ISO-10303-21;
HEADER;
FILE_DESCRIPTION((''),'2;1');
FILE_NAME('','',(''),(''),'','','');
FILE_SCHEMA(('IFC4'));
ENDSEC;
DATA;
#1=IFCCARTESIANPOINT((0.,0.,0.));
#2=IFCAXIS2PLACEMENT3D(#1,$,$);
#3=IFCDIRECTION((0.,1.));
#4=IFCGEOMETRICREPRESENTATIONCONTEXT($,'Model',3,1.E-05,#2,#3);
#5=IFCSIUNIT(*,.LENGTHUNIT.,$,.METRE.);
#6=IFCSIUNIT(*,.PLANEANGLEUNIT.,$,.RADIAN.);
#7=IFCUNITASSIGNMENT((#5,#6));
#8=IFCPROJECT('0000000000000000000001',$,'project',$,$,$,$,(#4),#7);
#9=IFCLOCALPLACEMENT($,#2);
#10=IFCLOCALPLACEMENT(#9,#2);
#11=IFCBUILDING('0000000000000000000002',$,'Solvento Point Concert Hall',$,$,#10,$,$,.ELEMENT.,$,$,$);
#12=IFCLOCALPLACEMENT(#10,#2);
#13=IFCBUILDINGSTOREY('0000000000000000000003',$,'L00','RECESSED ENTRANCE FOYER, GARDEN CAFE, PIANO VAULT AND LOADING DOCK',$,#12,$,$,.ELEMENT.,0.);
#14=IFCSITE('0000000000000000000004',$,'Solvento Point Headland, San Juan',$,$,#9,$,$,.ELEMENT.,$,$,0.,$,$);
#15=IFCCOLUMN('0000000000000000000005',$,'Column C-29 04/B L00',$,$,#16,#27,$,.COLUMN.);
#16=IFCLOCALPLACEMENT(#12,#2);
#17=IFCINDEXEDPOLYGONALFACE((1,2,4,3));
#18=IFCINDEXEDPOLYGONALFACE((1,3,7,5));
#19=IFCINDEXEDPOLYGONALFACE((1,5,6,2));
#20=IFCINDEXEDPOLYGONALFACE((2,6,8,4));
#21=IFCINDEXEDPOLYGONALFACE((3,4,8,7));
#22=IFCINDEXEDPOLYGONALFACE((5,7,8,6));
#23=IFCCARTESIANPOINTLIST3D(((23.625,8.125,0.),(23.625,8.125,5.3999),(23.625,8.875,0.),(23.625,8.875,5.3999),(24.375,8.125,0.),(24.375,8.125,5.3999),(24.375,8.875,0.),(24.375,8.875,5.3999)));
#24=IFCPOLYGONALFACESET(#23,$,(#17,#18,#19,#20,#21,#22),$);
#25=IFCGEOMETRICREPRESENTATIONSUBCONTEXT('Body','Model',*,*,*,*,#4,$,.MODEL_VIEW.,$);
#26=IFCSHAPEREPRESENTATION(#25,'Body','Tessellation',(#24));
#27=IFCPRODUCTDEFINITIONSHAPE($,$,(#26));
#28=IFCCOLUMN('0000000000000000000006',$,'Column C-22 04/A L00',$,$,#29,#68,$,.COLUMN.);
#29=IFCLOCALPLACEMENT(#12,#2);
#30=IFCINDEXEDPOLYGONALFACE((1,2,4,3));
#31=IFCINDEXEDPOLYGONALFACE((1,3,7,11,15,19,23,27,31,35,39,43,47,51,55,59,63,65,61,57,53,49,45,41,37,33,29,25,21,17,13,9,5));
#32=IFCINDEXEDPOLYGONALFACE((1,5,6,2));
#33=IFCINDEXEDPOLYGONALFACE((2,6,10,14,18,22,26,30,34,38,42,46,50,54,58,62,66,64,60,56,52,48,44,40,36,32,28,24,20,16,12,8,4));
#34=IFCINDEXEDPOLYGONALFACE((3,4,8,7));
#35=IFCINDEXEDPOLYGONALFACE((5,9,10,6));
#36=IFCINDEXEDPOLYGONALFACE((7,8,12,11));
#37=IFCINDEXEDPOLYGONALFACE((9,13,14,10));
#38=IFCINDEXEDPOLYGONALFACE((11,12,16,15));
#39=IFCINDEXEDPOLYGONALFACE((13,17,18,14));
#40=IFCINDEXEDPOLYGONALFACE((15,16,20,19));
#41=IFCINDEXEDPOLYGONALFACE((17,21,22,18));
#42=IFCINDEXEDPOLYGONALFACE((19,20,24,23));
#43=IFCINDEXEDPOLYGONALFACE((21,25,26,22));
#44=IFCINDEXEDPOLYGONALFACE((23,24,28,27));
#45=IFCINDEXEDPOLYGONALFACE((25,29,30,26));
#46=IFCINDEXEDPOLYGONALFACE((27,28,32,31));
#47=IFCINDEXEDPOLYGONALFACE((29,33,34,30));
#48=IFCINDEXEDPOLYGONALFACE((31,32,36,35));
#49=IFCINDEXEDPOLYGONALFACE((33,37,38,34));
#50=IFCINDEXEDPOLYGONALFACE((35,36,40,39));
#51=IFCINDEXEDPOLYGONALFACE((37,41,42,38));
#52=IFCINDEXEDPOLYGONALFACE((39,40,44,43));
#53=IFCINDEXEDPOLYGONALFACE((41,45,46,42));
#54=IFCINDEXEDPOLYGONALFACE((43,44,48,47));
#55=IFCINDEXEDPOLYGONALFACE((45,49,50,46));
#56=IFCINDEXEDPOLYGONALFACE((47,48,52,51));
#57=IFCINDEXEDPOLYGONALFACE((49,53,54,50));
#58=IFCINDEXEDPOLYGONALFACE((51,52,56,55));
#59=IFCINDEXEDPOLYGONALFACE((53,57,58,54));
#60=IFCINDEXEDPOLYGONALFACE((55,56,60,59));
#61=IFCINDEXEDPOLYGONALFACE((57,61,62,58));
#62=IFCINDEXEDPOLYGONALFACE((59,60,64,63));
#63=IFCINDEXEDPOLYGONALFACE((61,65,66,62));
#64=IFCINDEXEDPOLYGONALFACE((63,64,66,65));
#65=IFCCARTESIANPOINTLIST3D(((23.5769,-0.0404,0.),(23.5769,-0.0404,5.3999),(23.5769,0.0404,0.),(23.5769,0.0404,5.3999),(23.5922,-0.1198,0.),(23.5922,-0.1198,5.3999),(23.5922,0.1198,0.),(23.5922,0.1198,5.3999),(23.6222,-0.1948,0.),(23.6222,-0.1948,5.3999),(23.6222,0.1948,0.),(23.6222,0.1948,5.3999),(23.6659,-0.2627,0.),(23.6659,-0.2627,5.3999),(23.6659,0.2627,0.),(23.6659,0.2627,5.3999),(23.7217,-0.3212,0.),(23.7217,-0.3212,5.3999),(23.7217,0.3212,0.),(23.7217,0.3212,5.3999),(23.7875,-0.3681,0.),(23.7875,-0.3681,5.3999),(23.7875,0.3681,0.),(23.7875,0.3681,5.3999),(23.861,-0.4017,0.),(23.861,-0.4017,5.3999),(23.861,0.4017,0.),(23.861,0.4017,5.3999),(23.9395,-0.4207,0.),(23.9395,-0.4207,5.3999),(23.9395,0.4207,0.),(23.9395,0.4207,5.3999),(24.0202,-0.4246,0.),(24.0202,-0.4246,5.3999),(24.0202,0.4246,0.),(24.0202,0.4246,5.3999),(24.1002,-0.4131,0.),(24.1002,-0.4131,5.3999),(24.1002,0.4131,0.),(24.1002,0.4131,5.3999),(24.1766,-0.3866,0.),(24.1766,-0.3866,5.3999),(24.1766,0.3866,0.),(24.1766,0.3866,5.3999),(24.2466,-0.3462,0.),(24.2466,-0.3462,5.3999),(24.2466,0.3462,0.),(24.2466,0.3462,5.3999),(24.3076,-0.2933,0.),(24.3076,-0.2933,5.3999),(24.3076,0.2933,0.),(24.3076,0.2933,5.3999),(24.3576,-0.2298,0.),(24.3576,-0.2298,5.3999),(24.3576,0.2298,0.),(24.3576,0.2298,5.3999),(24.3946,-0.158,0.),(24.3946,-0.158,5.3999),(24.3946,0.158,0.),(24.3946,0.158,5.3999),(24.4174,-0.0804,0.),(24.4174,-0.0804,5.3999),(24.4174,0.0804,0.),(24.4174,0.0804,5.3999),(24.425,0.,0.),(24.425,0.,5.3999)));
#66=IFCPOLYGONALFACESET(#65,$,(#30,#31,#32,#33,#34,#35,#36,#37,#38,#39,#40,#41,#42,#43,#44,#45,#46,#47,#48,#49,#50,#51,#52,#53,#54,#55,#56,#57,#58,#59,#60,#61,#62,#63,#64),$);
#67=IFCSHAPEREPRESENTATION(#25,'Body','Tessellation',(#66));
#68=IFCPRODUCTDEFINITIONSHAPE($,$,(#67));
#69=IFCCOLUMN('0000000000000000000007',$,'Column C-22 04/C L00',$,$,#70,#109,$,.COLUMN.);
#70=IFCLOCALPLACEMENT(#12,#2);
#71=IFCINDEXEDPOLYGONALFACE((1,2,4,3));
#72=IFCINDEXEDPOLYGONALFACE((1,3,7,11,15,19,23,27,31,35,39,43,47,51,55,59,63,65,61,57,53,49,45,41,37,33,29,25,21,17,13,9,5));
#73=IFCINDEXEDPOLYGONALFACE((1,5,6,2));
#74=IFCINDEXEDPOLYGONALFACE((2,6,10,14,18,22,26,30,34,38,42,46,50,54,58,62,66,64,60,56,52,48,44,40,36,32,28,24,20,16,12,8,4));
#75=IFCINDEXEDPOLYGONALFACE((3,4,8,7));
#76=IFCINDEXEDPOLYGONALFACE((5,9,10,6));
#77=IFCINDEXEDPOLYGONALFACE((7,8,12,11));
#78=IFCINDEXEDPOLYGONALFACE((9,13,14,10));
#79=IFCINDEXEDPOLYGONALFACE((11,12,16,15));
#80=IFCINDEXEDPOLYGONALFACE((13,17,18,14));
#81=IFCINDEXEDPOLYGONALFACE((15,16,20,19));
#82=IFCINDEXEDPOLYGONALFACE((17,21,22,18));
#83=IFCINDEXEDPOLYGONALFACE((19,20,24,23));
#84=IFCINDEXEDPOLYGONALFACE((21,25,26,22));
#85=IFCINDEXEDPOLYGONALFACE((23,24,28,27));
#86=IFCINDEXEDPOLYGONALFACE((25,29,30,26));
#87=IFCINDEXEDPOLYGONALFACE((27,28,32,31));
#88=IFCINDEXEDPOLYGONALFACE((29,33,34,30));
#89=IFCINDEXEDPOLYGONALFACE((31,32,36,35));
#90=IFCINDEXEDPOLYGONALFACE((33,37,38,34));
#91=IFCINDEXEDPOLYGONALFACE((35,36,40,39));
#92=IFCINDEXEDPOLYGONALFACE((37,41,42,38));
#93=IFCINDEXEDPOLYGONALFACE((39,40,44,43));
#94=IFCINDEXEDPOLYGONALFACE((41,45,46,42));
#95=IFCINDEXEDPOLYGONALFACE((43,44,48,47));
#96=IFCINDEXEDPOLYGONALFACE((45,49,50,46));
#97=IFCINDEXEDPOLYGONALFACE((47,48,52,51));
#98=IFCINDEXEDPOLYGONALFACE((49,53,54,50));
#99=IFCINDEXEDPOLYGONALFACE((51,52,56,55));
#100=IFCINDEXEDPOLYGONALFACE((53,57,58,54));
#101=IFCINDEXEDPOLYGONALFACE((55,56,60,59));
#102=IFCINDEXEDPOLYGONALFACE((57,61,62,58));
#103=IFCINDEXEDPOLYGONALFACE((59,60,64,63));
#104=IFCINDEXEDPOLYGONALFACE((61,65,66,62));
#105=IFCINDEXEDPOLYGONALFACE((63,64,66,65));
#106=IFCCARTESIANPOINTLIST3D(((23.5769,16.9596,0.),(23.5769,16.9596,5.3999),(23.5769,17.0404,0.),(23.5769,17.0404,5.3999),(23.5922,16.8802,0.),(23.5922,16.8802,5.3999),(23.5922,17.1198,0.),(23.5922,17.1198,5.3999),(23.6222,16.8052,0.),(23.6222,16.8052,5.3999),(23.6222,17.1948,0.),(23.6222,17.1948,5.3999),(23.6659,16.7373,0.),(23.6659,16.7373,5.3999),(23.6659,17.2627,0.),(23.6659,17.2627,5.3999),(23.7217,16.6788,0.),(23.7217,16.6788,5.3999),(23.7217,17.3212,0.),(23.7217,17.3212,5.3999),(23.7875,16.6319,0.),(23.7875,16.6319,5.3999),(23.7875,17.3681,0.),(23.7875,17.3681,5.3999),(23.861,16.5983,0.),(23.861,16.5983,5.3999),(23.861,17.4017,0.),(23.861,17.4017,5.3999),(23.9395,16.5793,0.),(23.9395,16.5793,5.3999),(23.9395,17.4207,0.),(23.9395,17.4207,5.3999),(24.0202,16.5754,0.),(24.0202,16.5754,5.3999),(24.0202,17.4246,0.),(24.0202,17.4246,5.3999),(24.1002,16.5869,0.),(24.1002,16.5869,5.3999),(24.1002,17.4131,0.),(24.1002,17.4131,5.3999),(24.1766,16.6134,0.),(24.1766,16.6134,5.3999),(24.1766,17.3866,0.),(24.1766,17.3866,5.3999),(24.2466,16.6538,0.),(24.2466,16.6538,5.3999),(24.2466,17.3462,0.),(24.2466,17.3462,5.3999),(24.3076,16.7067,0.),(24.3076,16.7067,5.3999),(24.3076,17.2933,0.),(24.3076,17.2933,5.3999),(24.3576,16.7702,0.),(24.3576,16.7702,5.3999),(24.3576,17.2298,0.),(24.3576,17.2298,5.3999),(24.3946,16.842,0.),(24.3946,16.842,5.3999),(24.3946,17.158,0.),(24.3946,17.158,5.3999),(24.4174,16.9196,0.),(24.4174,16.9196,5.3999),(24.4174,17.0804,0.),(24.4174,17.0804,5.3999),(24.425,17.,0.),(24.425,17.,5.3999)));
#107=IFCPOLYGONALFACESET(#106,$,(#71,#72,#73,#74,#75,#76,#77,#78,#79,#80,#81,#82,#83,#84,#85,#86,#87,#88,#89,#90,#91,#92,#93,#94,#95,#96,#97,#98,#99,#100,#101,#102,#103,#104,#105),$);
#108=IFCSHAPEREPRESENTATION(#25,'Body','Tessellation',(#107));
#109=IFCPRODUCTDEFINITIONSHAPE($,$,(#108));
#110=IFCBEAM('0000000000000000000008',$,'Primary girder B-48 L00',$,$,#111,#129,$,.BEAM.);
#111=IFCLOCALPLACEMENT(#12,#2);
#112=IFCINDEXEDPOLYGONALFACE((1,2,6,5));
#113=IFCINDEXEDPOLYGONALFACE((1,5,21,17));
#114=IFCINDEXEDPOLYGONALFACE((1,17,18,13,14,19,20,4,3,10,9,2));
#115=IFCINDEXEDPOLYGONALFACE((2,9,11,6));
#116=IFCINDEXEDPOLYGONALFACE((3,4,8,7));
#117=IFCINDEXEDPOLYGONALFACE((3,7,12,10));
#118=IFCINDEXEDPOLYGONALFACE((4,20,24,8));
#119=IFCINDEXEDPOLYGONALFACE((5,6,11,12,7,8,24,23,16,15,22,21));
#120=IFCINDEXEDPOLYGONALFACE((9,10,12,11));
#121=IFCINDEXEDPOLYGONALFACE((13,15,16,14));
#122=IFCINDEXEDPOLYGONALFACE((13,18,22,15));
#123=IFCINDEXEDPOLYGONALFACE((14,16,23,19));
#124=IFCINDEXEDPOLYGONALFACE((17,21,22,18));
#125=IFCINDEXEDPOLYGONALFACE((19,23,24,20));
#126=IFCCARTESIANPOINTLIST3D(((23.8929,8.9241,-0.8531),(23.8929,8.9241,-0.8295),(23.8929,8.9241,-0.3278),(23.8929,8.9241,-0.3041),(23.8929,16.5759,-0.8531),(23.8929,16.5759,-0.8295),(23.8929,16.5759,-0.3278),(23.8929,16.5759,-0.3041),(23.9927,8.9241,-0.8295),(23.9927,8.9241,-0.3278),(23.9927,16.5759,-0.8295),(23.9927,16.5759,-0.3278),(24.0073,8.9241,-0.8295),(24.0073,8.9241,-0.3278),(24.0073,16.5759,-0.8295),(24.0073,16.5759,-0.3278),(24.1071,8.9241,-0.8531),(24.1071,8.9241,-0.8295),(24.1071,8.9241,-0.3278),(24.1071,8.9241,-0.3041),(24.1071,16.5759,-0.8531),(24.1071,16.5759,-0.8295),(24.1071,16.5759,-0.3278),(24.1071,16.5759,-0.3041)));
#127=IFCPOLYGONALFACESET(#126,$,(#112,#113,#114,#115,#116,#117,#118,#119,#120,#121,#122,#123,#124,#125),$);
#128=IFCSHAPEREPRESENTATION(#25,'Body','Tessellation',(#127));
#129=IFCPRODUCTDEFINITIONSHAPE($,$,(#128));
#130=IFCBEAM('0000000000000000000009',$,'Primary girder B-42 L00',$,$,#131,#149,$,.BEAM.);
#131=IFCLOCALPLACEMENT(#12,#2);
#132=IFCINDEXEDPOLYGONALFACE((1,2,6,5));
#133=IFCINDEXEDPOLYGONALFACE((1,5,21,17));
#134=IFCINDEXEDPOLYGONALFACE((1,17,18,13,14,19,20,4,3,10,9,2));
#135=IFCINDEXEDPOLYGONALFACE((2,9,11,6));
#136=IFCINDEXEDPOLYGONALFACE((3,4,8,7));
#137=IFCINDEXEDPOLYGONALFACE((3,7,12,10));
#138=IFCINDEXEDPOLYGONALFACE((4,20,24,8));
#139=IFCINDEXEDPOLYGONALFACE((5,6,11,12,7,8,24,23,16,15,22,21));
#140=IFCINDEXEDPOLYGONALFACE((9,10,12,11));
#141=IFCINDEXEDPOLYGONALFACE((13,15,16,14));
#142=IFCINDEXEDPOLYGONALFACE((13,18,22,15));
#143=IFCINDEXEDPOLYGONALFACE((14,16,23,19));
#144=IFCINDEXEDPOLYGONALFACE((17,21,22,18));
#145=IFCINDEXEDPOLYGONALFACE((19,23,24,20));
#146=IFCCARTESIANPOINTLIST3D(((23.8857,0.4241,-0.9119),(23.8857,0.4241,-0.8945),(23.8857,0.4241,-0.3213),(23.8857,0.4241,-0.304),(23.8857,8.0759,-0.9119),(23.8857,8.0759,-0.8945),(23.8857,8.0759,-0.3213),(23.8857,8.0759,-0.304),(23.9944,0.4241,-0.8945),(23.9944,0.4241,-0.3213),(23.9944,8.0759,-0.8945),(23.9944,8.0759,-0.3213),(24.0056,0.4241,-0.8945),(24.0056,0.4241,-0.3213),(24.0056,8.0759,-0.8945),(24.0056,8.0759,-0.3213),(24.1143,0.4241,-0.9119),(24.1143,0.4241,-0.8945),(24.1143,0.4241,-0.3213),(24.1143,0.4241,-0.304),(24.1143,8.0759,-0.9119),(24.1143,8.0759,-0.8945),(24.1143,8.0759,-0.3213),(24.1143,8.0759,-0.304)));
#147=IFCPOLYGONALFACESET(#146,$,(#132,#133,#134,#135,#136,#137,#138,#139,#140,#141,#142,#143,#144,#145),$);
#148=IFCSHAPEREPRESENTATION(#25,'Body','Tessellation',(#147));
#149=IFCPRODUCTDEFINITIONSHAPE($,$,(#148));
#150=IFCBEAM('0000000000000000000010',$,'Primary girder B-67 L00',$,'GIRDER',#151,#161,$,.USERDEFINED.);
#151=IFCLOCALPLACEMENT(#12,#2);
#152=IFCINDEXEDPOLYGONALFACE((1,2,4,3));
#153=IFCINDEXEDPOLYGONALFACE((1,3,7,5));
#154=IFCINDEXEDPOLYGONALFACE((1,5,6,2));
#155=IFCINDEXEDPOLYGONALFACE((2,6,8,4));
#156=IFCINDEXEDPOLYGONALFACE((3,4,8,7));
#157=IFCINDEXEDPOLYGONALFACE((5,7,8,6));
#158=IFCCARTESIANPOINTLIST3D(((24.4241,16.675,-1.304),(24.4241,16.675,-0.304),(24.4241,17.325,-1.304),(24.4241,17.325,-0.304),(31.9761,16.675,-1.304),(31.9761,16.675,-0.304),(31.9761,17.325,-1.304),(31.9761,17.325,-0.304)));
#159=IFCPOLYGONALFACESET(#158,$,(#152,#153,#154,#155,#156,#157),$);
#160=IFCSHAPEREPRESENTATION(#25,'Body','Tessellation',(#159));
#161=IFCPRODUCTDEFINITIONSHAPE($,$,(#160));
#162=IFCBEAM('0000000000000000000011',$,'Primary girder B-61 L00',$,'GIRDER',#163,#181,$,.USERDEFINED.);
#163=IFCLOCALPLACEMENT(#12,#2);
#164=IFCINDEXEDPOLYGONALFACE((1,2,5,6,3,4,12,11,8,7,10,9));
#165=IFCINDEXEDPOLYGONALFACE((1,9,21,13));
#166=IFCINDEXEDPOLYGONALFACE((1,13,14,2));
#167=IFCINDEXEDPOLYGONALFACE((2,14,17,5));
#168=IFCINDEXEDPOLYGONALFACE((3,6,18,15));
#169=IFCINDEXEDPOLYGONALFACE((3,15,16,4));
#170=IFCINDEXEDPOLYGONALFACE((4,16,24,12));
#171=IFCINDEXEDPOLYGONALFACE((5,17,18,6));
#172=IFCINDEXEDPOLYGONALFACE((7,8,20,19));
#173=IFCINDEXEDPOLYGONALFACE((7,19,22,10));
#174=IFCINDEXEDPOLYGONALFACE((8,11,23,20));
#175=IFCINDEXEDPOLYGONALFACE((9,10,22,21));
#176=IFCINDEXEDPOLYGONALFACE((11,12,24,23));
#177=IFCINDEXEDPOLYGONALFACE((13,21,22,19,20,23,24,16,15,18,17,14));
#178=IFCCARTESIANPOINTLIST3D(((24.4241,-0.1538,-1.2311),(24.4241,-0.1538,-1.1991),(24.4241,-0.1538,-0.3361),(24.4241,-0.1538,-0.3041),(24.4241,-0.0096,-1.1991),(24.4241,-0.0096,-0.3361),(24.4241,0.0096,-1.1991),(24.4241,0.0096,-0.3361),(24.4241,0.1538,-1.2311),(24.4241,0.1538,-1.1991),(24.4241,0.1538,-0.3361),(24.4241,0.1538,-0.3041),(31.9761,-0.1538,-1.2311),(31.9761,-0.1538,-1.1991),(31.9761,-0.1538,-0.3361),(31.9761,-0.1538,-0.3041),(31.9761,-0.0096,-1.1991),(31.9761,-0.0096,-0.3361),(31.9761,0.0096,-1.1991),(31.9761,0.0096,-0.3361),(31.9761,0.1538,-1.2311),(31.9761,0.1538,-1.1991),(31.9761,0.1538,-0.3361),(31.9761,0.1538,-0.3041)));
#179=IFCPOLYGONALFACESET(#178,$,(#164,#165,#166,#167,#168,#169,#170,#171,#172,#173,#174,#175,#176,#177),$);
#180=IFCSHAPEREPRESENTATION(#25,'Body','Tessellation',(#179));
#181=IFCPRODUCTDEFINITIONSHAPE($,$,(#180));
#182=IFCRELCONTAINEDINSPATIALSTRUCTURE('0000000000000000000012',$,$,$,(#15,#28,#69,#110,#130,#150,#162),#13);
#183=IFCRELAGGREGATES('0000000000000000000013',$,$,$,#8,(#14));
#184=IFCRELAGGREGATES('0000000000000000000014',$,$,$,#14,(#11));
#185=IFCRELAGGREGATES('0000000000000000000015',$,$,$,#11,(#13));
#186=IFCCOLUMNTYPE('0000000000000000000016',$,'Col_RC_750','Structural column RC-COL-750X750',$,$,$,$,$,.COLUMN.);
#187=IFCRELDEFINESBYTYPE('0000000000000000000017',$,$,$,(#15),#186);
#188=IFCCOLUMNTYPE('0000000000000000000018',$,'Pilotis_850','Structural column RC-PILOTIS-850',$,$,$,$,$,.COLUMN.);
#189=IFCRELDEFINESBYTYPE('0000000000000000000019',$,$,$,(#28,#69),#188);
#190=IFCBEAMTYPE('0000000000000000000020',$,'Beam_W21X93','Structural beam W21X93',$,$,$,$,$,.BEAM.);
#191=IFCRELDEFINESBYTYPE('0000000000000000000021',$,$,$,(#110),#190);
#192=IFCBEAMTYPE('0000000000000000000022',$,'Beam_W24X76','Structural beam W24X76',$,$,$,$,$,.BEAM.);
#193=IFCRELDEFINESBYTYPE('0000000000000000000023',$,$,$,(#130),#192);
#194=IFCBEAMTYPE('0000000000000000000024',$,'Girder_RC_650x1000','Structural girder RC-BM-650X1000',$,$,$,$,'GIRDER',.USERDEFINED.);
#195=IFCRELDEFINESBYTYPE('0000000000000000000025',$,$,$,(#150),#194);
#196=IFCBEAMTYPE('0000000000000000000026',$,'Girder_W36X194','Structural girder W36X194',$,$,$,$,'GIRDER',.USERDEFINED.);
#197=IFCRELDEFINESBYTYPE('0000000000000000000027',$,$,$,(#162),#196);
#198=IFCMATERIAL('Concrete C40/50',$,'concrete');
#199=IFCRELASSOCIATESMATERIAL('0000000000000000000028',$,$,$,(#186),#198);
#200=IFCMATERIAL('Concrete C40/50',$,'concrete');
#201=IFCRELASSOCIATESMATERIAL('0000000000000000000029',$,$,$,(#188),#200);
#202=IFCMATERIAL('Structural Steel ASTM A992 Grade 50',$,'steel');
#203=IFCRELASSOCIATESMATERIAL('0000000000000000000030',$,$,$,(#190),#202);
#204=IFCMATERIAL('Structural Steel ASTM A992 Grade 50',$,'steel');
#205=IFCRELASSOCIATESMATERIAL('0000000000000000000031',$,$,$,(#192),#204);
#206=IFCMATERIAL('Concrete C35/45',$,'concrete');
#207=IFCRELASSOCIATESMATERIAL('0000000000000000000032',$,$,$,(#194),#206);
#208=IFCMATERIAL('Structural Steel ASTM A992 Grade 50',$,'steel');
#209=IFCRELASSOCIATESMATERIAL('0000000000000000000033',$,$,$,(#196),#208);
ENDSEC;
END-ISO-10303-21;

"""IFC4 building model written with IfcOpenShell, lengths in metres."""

from ifc_helpers import new_model, si_unit, direction, frame, origin, origin_2d, place, context, subcontext, project, spatial, rectangle, circle, i_section, extrude, material, material_profile, profile_set, type_object, element, save


model = new_model("IFC4")

# Units and contexts
model_context = context("Model", 3, precision=1e-05, world=origin(), true_north=direction((0.0, 1.0)))
body_context = subcontext(model_context, "Body", "Model", "MODEL_VIEW")
ifc_project = project(units=[si_unit("LENGTHUNIT", "METRE"), si_unit("PLANEANGLEUNIT", "RADIAN")], contexts=[model_context])

# Site, building, storey
site_placement = place(None, origin())
site = spatial("IfcSite", under=ifc_project, at=site_placement, Name="Solvento Point Headland, San Juan", CompositionType="ELEMENT", RefElevation=0.0)
building_placement = place(site_placement, origin())
building = spatial("IfcBuilding", under=site, at=building_placement, Name="Solvento Point Concert Hall", CompositionType="ELEMENT")
storey_placement = place(building_placement, origin())
storey = spatial("IfcBuildingStorey", under=building, at=storey_placement, Name="L00", Description="RECESSED ENTRANCE FOYER, GARDEN CAFE, PIANO VAULT AND LOADING DOCK", CompositionType="ELEMENT", Elevation=0.0)

# Columns
ifc_material_1 = material(Name="Concrete C40/50", Category="concrete")
ifc_material_profile_1 = material_profile(ifc_material_1, rectangle(XDim=0.75, YDim=0.75, at=origin_2d()), Name="RC-COL-750X750")
ifc_profile_set_1 = profile_set([ifc_material_profile_1], Name="Concrete C40/50")
column_type_1 = type_object("IfcColumnType", Name="Col_RC_750", Description="Structural column RC-COL-750X750", PredefinedType="COLUMN", material=ifc_profile_set_1)
column_placement = place(storey_placement, frame((24.0, 8.5, 0.0), z_axis=(0.0, 0.0, 1.0), x_axis=(1.0, 0.0, 0.0)))
element("IfcColumn", 1, at=column_placement, inside=storey, type_object=column_type_1, Name="Column C-29 04/B L00", PredefinedType="COLUMN", context=body_context, shape_type="SweptSolid", body=[
    extrude(rectangle(XDim=0.75, YDim=0.75, at=origin_2d()), origin(), (0.0, 0.0, 1.0), 5.3999),
])
ifc_material_2 = material(Name="Concrete C40/50", Category="concrete")
ifc_material_profile_2 = material_profile(ifc_material_2, circle(Radius=0.425, at=origin_2d()), Name="RC-PILOTIS-850")
ifc_profile_set_2 = profile_set([ifc_material_profile_2], Name="Concrete C40/50")
column_type_2 = type_object("IfcColumnType", Name="Pilotis_850", Description="Structural column RC-PILOTIS-850", PredefinedType="COLUMN", material=ifc_profile_set_2)
for number, where, z_axis, x_axis, name in (
    (2, (24.0, 0.0, 0.0), (0.0, 0.0, 1.0), (1.0, 0.0, 0.0), "Column C-22 04/A L00"),
    (3, (24.0, 17.0, 0.0), (0.0, 0.0, 1.0), (1.0, 0.0, 0.0), "Column C-22 04/C L00"),
):
    element("IfcColumn", number, at=place(storey_placement, frame(where, z_axis=z_axis, x_axis=x_axis)), inside=storey, type_object=column_type_2, Name=name, PredefinedType="COLUMN", context=body_context, shape_type="SweptSolid", body=[
        extrude(circle(Radius=0.425, at=origin_2d()), origin(), (0.0, 0.0, 1.0), 5.3999),
    ])

# Beams
ifc_material_3 = material(Name="Structural Steel ASTM A992 Grade 50", Category="steel")
ifc_material_profile_3 = material_profile(ifc_material_3, i_section(OverallWidth=0.2141, OverallDepth=0.5491, WebThickness=0.0146, FlangeThickness=0.0237, at=origin_2d()), Name="W21X93")
ifc_profile_set_3 = profile_set([ifc_material_profile_3], Name="Structural Steel ASTM A992 Grade 50")
beam_type_1 = type_object("IfcBeamType", Name="Beam_W21X93", Description="Structural beam W21X93", PredefinedType="BEAM", material=ifc_profile_set_3)
beam_1_placement = place(storey_placement, frame((24.0, 8.9241, -0.5786), z_axis=(0.0, 1.0, 0.0), x_axis=(-1.0, 0.0, 0.0)))
element("IfcBeam", 4, at=beam_1_placement, inside=storey, type_object=beam_type_1, Name="Primary girder B-48 L00", PredefinedType="BEAM", context=body_context, shape_type="SweptSolid", body=[
    extrude(i_section(OverallWidth=0.2141, OverallDepth=0.5491, WebThickness=0.0146, FlangeThickness=0.0237, at=origin_2d()), origin(), (0.0, 0.0, 1.0), 7.6519),
])
ifc_material_4 = material(Name="Structural Steel ASTM A992 Grade 50", Category="steel")
ifc_material_profile_4 = material_profile(ifc_material_4, i_section(OverallWidth=0.2285, OverallDepth=0.6079, WebThickness=0.0112, FlangeThickness=0.0173, at=origin_2d()), Name="W24X76")
ifc_profile_set_4 = profile_set([ifc_material_profile_4], Name="Structural Steel ASTM A992 Grade 50")
beam_type_2 = type_object("IfcBeamType", Name="Beam_W24X76", Description="Structural beam W24X76", PredefinedType="BEAM", material=ifc_profile_set_4)
beam_2_placement = place(storey_placement, frame((24.0, 0.4241, -0.6079), z_axis=(0.0, 1.0, 0.0), x_axis=(-1.0, 0.0, 0.0)))
element("IfcBeam", 5, at=beam_2_placement, inside=storey, type_object=beam_type_2, Name="Primary girder B-42 L00", PredefinedType="BEAM", context=body_context, shape_type="SweptSolid", body=[
    extrude(i_section(OverallWidth=0.2285, OverallDepth=0.6079, WebThickness=0.0112, FlangeThickness=0.0173, at=origin_2d()), origin(), (0.0, 0.0, 1.0), 7.6519),
])
ifc_material_5 = material(Name="Concrete C35/45", Category="concrete")
ifc_material_profile_5 = material_profile(ifc_material_5, rectangle(XDim=0.6499, YDim=1.0, at=origin_2d()), Name="RC-BM-650X1000")
ifc_profile_set_5 = profile_set([ifc_material_profile_5], Name="Concrete C35/45")
beam_type_3 = type_object("IfcBeamType", Name="Girder_RC_650x1000", Description="Structural girder RC-BM-650X1000", ElementType="GIRDER", PredefinedType="USERDEFINED", material=ifc_profile_set_5)
beam_3_placement = place(storey_placement, frame((24.4241, 17.0, -0.804), z_axis=(1.0, 0.0, 0.0), x_axis=(0.0, 1.0, 0.0)))
element("IfcBeam", 6, at=beam_3_placement, inside=storey, type_object=beam_type_3, Name="Primary girder B-67 L00", ObjectType="GIRDER", PredefinedType="USERDEFINED", context=body_context, shape_type="SweptSolid", body=[
    extrude(rectangle(XDim=0.6499, YDim=1.0, at=origin_2d()), origin(), (0.0, 0.0, 1.0), 7.552),
])
ifc_material_6 = material(Name="Structural Steel ASTM A992 Grade 50", Category="steel")
ifc_material_profile_6 = material_profile(ifc_material_6, i_section(OverallWidth=0.3076, OverallDepth=0.927, WebThickness=0.0193, FlangeThickness=0.032, at=origin_2d()), Name="W36X194")
ifc_profile_set_6 = profile_set([ifc_material_profile_6], Name="Structural Steel ASTM A992 Grade 50")
beam_type_4 = type_object("IfcBeamType", Name="Girder_W36X194", Description="Structural girder W36X194", ElementType="GIRDER", PredefinedType="USERDEFINED", material=ifc_profile_set_6)
beam_4_placement = place(storey_placement, frame((24.4241, 0.0, -0.7676), z_axis=(1.0, 0.0, 0.0), x_axis=(0.0, 1.0, 0.0)))
element("IfcBeam", 7, at=beam_4_placement, inside=storey, type_object=beam_type_4, Name="Primary girder B-61 L00", ObjectType="GIRDER", PredefinedType="USERDEFINED", context=body_context, shape_type="SweptSolid", body=[
    extrude(i_section(OverallWidth=0.3076, OverallDepth=0.927, WebThickness=0.0193, FlangeThickness=0.032, at=origin_2d()), origin(), (0.0, 0.0, 1.0), 7.552),
])

save(model, "model.ifc")
